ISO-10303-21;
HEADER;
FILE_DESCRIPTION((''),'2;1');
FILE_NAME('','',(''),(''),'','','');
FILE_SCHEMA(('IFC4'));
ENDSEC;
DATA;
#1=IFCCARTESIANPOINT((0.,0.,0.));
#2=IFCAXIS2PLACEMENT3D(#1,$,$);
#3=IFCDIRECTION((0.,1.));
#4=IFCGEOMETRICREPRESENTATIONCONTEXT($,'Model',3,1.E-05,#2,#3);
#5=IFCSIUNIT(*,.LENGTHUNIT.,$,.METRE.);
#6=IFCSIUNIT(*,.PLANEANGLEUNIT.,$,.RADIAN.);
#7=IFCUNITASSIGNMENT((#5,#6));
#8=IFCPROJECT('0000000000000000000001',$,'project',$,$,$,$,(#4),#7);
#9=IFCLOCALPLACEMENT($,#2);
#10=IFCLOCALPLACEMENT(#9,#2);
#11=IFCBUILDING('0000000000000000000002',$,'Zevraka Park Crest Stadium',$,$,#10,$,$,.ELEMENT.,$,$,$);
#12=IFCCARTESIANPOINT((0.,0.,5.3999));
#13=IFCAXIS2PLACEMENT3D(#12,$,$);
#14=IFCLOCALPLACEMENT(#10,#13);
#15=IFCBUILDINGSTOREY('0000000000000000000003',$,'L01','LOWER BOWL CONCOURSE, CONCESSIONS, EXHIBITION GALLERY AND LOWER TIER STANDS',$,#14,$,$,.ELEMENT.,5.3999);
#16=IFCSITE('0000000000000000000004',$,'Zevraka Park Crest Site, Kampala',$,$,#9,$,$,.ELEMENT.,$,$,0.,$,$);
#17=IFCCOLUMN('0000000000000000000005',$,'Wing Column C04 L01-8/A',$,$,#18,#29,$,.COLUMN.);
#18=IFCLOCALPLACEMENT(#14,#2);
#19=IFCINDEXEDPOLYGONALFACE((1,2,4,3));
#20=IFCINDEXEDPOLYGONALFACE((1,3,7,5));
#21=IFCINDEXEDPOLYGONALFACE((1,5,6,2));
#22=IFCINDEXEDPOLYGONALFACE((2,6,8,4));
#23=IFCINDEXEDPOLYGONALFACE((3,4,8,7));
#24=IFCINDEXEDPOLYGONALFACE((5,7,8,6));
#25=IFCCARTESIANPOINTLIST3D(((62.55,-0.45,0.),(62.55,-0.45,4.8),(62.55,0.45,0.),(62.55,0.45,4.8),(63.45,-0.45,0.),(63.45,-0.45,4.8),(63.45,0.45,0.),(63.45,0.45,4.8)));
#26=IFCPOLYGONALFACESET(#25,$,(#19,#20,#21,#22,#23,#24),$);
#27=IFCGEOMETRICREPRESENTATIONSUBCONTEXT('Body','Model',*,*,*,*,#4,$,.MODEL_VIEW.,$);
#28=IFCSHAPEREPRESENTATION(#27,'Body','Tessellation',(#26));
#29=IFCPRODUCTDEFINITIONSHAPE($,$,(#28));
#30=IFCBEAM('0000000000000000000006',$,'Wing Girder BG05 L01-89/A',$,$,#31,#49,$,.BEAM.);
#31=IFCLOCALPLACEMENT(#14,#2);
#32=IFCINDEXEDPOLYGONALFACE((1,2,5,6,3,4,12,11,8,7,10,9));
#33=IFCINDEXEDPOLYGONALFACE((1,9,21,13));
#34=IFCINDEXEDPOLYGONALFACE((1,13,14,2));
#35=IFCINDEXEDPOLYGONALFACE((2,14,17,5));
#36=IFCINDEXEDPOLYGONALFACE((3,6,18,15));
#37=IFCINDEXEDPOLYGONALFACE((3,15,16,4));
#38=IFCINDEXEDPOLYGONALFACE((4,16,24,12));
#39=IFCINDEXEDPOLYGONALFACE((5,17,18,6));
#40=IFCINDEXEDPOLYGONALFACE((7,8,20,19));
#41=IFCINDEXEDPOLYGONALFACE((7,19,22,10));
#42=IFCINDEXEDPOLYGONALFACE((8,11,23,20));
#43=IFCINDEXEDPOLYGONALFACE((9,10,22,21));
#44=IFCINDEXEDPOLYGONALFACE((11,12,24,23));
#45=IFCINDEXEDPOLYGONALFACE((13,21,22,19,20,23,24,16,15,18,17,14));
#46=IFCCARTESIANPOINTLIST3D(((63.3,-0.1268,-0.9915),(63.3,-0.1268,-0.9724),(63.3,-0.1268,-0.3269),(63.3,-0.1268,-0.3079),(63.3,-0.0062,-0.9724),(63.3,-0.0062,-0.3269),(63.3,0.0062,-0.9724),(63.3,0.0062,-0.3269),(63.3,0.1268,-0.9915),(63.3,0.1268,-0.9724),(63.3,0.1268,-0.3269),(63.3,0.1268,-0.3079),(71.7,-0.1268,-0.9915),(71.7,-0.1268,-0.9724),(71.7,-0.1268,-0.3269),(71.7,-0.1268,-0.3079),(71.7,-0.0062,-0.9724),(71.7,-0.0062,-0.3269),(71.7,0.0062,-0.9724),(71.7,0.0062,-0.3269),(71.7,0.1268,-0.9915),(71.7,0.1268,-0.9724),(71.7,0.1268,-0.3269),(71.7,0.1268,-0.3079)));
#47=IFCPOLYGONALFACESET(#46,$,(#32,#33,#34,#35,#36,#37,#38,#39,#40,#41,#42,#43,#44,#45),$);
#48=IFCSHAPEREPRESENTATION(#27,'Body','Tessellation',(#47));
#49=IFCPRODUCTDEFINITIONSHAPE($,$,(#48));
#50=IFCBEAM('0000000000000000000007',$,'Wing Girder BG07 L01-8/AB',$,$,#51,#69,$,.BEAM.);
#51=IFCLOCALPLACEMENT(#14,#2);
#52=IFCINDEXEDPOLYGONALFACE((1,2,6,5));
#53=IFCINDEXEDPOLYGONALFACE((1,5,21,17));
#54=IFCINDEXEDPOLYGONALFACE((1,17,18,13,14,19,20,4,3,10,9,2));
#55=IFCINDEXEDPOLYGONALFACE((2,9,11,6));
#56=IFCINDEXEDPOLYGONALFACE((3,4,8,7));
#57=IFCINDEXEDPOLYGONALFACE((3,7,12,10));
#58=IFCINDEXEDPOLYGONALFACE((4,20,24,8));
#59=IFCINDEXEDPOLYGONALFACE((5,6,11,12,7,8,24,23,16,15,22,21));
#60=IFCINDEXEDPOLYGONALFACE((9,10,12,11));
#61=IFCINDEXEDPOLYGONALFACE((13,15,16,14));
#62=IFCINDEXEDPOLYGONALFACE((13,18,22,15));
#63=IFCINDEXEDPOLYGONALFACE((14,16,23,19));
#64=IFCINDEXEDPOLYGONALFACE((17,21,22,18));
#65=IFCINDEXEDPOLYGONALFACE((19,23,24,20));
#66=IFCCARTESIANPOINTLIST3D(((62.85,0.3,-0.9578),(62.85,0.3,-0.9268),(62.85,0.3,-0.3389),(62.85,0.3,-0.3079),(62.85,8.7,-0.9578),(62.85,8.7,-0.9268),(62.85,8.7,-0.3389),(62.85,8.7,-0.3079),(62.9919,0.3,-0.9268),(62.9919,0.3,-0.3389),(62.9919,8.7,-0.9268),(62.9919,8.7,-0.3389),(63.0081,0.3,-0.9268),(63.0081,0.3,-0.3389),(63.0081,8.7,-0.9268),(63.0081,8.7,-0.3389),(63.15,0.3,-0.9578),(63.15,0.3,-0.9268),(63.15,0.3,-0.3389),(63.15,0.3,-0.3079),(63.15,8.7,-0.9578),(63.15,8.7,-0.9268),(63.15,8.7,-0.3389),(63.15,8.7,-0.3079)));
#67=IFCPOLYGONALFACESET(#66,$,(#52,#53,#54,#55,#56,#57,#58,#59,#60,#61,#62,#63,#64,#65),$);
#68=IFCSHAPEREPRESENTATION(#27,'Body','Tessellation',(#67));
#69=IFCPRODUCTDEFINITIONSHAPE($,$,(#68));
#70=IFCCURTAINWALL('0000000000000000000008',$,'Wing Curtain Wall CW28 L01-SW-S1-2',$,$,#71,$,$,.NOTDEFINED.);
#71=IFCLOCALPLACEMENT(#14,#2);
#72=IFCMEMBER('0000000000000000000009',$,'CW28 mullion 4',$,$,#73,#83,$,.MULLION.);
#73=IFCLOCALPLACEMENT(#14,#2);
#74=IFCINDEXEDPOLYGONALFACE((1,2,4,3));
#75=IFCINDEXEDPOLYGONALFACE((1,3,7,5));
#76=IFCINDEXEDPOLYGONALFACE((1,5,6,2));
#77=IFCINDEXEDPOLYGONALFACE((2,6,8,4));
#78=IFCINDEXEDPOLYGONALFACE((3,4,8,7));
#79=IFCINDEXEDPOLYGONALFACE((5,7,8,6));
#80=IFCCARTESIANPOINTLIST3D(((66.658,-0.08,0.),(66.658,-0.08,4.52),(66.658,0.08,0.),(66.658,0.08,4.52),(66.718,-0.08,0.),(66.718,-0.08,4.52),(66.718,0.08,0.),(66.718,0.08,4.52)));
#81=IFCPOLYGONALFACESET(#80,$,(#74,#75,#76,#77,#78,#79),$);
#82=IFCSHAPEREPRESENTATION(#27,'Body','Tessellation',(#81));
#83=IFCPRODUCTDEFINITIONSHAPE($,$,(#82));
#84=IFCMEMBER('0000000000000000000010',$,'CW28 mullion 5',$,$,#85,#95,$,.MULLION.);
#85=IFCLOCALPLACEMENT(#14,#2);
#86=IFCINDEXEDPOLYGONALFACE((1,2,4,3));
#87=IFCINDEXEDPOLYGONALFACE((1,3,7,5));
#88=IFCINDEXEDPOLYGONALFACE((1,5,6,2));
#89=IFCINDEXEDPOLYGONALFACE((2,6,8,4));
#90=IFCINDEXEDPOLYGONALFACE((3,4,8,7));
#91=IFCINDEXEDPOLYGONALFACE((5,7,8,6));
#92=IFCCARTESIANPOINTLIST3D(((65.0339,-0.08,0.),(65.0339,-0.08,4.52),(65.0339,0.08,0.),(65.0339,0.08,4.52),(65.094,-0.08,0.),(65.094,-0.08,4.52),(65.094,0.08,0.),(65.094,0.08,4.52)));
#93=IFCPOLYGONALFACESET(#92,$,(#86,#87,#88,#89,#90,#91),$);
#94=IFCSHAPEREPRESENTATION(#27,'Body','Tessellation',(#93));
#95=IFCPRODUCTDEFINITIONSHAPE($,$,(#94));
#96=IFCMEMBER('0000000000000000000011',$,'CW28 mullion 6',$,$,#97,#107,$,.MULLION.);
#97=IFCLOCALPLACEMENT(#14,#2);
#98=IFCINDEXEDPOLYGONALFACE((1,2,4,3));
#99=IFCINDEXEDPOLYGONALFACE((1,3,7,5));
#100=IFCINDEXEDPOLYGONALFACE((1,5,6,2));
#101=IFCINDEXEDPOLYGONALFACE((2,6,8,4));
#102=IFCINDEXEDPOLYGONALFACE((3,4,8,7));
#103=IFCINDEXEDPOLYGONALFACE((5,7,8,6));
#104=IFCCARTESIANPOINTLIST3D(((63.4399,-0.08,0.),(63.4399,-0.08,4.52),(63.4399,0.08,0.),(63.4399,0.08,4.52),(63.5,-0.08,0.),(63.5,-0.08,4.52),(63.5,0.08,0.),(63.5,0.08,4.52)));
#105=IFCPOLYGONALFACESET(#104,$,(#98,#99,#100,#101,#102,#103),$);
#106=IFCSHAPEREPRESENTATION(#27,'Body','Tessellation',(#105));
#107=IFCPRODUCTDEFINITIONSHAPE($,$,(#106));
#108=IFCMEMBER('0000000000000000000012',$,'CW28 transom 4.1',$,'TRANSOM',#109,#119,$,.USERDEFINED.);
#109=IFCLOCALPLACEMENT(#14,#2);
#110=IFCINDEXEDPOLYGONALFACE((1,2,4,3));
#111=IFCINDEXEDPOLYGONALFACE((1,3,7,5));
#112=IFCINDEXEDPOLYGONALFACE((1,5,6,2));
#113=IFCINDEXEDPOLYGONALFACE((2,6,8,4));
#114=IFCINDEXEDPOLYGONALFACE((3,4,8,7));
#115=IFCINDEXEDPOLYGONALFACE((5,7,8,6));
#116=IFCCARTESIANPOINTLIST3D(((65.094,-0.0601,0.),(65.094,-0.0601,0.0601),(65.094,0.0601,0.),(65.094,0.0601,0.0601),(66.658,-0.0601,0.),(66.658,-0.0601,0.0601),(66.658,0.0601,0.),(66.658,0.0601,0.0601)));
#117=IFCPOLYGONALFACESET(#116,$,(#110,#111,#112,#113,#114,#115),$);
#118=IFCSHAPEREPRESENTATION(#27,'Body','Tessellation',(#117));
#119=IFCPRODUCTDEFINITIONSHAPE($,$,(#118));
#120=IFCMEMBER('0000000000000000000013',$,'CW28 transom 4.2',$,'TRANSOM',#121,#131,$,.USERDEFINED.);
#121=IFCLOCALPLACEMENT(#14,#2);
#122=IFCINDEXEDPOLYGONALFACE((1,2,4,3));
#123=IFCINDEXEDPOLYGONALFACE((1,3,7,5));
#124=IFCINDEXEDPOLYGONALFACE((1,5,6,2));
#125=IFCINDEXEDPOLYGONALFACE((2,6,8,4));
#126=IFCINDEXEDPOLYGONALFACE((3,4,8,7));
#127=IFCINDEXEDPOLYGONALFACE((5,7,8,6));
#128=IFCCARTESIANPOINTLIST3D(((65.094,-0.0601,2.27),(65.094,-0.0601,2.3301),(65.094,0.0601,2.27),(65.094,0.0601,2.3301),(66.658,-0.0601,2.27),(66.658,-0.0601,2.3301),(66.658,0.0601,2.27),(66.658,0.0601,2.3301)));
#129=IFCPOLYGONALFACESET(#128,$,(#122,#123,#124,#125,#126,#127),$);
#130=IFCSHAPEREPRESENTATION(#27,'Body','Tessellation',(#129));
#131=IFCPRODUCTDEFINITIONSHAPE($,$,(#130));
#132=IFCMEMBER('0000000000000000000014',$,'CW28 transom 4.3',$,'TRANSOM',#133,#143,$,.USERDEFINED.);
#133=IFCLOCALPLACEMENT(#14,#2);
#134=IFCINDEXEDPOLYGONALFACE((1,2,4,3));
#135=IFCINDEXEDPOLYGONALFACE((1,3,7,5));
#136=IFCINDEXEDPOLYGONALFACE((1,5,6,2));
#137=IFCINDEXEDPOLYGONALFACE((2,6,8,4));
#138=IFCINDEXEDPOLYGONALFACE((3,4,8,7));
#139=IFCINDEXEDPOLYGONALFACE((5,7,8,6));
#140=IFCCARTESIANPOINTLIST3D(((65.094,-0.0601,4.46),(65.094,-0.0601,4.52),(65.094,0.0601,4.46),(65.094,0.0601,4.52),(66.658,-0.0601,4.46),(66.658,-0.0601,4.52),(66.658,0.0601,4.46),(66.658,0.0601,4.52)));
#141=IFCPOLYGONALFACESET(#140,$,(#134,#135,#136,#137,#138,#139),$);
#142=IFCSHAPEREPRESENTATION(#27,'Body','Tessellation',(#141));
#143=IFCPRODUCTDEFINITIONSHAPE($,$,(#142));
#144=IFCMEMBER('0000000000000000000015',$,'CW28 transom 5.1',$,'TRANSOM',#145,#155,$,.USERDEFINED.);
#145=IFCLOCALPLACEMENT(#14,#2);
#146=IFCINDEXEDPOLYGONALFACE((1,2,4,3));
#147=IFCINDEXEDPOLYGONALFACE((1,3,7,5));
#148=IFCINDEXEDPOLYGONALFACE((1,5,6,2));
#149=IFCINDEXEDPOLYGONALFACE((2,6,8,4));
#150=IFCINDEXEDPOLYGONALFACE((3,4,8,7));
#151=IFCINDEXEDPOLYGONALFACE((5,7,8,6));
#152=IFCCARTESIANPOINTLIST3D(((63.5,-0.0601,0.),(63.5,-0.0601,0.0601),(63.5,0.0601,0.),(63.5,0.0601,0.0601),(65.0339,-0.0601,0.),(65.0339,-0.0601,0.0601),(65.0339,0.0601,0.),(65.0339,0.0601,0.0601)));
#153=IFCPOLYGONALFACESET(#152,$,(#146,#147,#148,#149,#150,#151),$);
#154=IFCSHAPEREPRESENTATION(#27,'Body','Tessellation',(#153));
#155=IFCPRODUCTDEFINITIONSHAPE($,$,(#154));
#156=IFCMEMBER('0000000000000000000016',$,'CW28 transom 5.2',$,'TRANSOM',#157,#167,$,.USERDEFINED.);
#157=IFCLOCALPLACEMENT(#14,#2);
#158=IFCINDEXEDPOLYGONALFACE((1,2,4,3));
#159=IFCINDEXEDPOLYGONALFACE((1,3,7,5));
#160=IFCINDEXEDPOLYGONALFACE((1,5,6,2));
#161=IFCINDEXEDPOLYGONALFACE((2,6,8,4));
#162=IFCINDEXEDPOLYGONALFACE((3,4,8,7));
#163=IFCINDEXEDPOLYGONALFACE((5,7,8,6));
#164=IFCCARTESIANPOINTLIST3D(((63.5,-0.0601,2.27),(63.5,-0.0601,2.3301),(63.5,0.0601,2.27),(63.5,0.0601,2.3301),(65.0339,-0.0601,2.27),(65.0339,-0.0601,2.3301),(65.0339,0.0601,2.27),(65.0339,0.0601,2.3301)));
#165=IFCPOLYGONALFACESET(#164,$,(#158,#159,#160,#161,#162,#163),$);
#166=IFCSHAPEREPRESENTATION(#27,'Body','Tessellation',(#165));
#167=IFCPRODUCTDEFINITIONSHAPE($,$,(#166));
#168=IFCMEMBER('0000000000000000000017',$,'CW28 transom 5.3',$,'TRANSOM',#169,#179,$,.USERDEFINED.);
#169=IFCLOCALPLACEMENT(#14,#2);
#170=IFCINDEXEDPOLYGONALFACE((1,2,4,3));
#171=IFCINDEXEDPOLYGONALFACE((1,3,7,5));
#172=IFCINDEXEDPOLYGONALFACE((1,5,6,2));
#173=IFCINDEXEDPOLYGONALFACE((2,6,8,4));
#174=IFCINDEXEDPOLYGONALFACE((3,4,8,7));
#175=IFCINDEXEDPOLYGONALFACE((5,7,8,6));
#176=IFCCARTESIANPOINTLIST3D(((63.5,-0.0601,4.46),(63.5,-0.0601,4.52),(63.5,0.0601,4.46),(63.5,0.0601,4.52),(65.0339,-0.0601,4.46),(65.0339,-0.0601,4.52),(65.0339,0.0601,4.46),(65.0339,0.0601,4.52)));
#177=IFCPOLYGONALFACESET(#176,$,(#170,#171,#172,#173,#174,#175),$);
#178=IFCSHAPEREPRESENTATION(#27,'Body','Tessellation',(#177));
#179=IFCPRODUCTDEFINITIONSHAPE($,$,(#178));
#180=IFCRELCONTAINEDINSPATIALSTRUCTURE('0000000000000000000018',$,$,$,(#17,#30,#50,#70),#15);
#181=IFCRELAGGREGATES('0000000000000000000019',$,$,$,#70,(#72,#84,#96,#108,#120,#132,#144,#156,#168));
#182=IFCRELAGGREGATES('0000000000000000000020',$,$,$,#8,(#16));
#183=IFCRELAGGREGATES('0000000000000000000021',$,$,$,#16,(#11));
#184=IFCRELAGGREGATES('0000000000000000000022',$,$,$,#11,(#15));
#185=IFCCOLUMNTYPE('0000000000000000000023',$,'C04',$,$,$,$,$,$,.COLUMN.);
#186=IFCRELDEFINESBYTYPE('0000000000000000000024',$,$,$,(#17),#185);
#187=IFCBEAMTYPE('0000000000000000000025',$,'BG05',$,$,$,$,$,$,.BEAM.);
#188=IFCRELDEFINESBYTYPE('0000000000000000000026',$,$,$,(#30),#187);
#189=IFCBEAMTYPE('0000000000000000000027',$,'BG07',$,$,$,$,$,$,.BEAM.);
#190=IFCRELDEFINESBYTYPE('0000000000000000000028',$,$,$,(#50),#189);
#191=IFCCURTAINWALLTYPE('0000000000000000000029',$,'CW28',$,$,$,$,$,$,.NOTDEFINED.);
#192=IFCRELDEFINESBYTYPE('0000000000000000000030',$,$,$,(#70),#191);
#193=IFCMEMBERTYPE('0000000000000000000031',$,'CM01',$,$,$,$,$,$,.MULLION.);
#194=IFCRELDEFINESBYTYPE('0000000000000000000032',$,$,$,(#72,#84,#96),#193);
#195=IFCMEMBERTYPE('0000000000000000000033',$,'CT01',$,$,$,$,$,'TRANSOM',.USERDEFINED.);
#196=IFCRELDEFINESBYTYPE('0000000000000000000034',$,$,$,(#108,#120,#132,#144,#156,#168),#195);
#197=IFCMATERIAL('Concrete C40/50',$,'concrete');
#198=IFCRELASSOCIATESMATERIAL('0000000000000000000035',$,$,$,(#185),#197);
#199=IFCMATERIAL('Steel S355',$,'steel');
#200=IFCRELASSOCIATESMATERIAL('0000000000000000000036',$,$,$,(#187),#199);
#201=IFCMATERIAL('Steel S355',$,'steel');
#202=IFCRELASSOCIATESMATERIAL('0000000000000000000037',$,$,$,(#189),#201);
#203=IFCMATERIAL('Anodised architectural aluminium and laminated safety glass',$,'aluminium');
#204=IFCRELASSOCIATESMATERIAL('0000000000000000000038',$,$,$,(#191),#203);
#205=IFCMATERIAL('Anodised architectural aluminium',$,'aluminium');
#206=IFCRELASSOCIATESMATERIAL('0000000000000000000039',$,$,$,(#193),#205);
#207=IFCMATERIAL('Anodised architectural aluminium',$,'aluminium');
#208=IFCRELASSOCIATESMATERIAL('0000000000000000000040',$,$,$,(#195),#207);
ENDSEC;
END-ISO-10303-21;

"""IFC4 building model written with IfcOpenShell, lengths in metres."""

from ifc_helpers import new_model, si_unit, direction, frame, origin, origin_2d, place, context, subcontext, project, spatial, rectangle, i_section, extrude, material, material_profile, profile_set, type_object, element, aggregate, save


model = new_model("IFC4")

# Units and contexts
model_context = context("Model", 3, precision=1e-05, world=origin(), true_north=direction((0.0, 1.0)))
body_context = subcontext(model_context, "Body", "Model", "MODEL_VIEW")
ifc_project = project(units=[si_unit("LENGTHUNIT", "METRE"), si_unit("PLANEANGLEUNIT", "RADIAN")], contexts=[model_context])

# Site, building, storey
site_placement = place(None, origin())
site = spatial("IfcSite", under=ifc_project, at=site_placement, Name="Zevraka Park Crest Site, Kampala", CompositionType="ELEMENT", RefElevation=0.0)
building_placement = place(site_placement, origin())
building = spatial("IfcBuilding", under=site, at=building_placement, Name="Zevraka Park Crest Stadium", CompositionType="ELEMENT")
storey_placement = place(building_placement, frame((0.0, 0.0, 5.3999)))
storey = spatial("IfcBuildingStorey", under=building, at=storey_placement, Name="L01", Description="LOWER BOWL CONCOURSE, CONCESSIONS, EXHIBITION GALLERY AND LOWER TIER STANDS", CompositionType="ELEMENT", Elevation=5.3999)

# Column
ifc_material_1 = material(Name="Concrete C40/50", Category="concrete")
ifc_material_profile_1 = material_profile(ifc_material_1, rectangle(XDim=0.8999, YDim=0.8999, at=origin_2d()), Name="RC 900x900")
ifc_profile_set_1 = profile_set([ifc_material_profile_1], Name="Concrete C40/50")
column_type = type_object("IfcColumnType", Name="C04", PredefinedType="COLUMN", material=ifc_profile_set_1)
column_placement = place(storey_placement, frame((63.0, 0.0, 0.0), z_axis=(0.0, 0.0, 1.0), x_axis=(1.0, 0.0, 0.0)))
element("IfcColumn", 1, at=column_placement, inside=storey, type_object=column_type, Name="Wing Column C04 L01-8/A", PredefinedType="COLUMN", context=body_context, shape_type="SweptSolid", body=[
    extrude(rectangle(XDim=0.8999, YDim=0.8999, at=origin_2d()), origin(), (0.0, 0.0, 1.0), 4.8),
])

# Beams
ifc_material_2 = material(Name="Steel S355", Category="steel")
ifc_material_profile_2 = material_profile(ifc_material_2, i_section(OverallWidth=0.2537, OverallDepth=0.6836, WebThickness=0.0125, FlangeThickness=0.019, at=origin_2d()), Name="UKB 686x254x140")
ifc_profile_set_2 = profile_set([ifc_material_profile_2], Name="Steel S355")
beam_type_1 = type_object("IfcBeamType", Name="BG05", PredefinedType="BEAM", material=ifc_profile_set_2)
beam_1_placement = place(storey_placement, frame((63.3, 0.0, -0.6497), z_axis=(1.0, 0.0, 0.0), x_axis=(0.0, 1.0, 0.0)))
element("IfcBeam", 2, at=beam_1_placement, inside=storey, type_object=beam_type_1, Name="Wing Girder BG05 L01-89/A", PredefinedType="BEAM", context=body_context, shape_type="SweptSolid", body=[
    extrude(i_section(OverallWidth=0.2537, OverallDepth=0.6836, WebThickness=0.0125, FlangeThickness=0.019, at=origin_2d()), origin(), (0.0, 0.0, 1.0), 8.3999),
])
ifc_material_3 = material(Name="Steel S355", Category="steel")
ifc_material_profile_3 = material_profile(ifc_material_3, i_section(OverallWidth=0.3, OverallDepth=0.6499, WebThickness=0.0161, FlangeThickness=0.031, at=origin_2d()), Name="HEB 650")
ifc_profile_set_3 = profile_set([ifc_material_profile_3], Name="Steel S355")
beam_type_2 = type_object("IfcBeamType", Name="BG07", PredefinedType="BEAM", material=ifc_profile_set_3)
beam_2_placement = place(storey_placement, frame((63.0, 0.3, -0.6328), z_axis=(0.0, 1.0, 0.0), x_axis=(-1.0, 0.0, 0.0)))
element("IfcBeam", 3, at=beam_2_placement, inside=storey, type_object=beam_type_2, Name="Wing Girder BG07 L01-8/AB", PredefinedType="BEAM", context=body_context, shape_type="SweptSolid", body=[
    extrude(i_section(OverallWidth=0.3, OverallDepth=0.6499, WebThickness=0.0161, FlangeThickness=0.031, at=origin_2d()), origin(), (0.0, 0.0, 1.0), 8.3999),
])

# Curtain wall, members
ifc_material_4 = material(Name="Anodised architectural aluminium and laminated safety glass", Category="aluminium")
curtain_wall_type = type_object("IfcCurtainWallType", Name="CW28", PredefinedType="NOTDEFINED", material=ifc_material_4)
curtain_wall_placement = place(storey_placement, origin())
curtain_wall = element("IfcCurtainWall", 4, at=curtain_wall_placement, inside=storey, type_object=curtain_wall_type, Name="Wing Curtain Wall CW28 L01-SW-S1-2", PredefinedType="NOTDEFINED")
ifc_material_5 = material(Name="Anodised architectural aluminium", Category="aluminium")
ifc_material_profile_4 = material_profile(ifc_material_5, rectangle(XDim=0.1599, YDim=0.0601, at=origin_2d()), Name="ALU MULLION 160x60")
ifc_profile_set_4 = profile_set([ifc_material_profile_4], Name="Anodised architectural aluminium")
member_type_1 = type_object("IfcMemberType", Name="CM01", PredefinedType="MULLION", material=ifc_profile_set_4)
member_1_placement = place(storey_placement, frame((66.688, 0.0, 0.0), z_axis=(0.0, 0.0, 1.0), x_axis=(0.0, -1.0, 0.0)))
member_1 = element("IfcMember", 5, at=member_1_placement, type_object=member_type_1, Name="CW28 mullion 4", PredefinedType="MULLION", context=body_context, shape_type="SweptSolid", body=[
    extrude(rectangle(XDim=0.1599, YDim=0.0601, at=origin_2d()), origin(), (0.0, 0.0, 1.0), 4.52),
])
member_2_placement = place(storey_placement, frame((65.064, 0.0, 0.0), z_axis=(0.0, 0.0, 1.0), x_axis=(0.0, -1.0, 0.0)))
member_2 = element("IfcMember", 6, at=member_2_placement, type_object=member_type_1, Name="CW28 mullion 5", PredefinedType="MULLION", context=body_context, shape_type="SweptSolid", body=[
    extrude(rectangle(XDim=0.1599, YDim=0.0601, at=origin_2d()), origin(), (0.0, 0.0, 1.0), 4.52),
])
member_3_placement = place(storey_placement, frame((63.47, 0.0, 0.0), z_axis=(0.0, 0.0, 1.0), x_axis=(0.0, -1.0, 0.0)))
member_3 = element("IfcMember", 7, at=member_3_placement, type_object=member_type_1, Name="CW28 mullion 6", PredefinedType="MULLION", context=body_context, shape_type="SweptSolid", body=[
    extrude(rectangle(XDim=0.1599, YDim=0.0601, at=origin_2d()), origin(), (0.0, 0.0, 1.0), 4.52),
])
ifc_material_6 = material(Name="Anodised architectural aluminium", Category="aluminium")
ifc_material_profile_5 = material_profile(ifc_material_6, rectangle(XDim=0.1201, YDim=0.0601, at=origin_2d()), Name="ALU TRANSOM 120x60")
ifc_profile_set_5 = profile_set([ifc_material_profile_5], Name="Anodised architectural aluminium")
member_type_2 = type_object("IfcMemberType", Name="CT01", ElementType="TRANSOM", PredefinedType="USERDEFINED", material=ifc_profile_set_5)
member_4_placement = place(storey_placement, frame((66.658, 0.0, 0.03), z_axis=(-1.0, 0.0, 0.0), x_axis=(0.0, -1.0, 0.0)))
member_4 = element("IfcMember", 8, at=member_4_placement, type_object=member_type_2, Name="CW28 transom 4.1", ObjectType="TRANSOM", PredefinedType="USERDEFINED", context=body_context, shape_type="SweptSolid", body=[
    extrude(rectangle(XDim=0.1201, YDim=0.0601, at=origin_2d()), origin(), (0.0, 0.0, 1.0), 1.564),
])
member_5_placement = place(storey_placement, frame((66.658, 0.0, 2.3), z_axis=(-1.0, 0.0, 0.0), x_axis=(0.0, -1.0, 0.0)))
member_5 = element("IfcMember", 9, at=member_5_placement, type_object=member_type_2, Name="CW28 transom 4.2", ObjectType="TRANSOM", PredefinedType="USERDEFINED", context=body_context, shape_type="SweptSolid", body=[
    extrude(rectangle(XDim=0.1201, YDim=0.0601, at=origin_2d()), origin(), (0.0, 0.0, 1.0), 1.564),
])
member_6_placement = place(storey_placement, frame((66.658, 0.0, 4.49), z_axis=(-1.0, 0.0, 0.0), x_axis=(0.0, -1.0, 0.0)))
member_6 = element("IfcMember", 10, at=member_6_placement, type_object=member_type_2, Name="CW28 transom 4.3", ObjectType="TRANSOM", PredefinedType="USERDEFINED", context=body_context, shape_type="SweptSolid", body=[
    extrude(rectangle(XDim=0.1201, YDim=0.0601, at=origin_2d()), origin(), (0.0, 0.0, 1.0), 1.564),
])
member_7_placement = place(storey_placement, frame((65.0339, 0.0, 0.03), z_axis=(-1.0, 0.0, 0.0), x_axis=(0.0, -1.0, 0.0)))
member_7 = element("IfcMember", 11, at=member_7_placement, type_object=member_type_2, Name="CW28 transom 5.1", ObjectType="TRANSOM", PredefinedType="USERDEFINED", context=body_context, shape_type="SweptSolid", body=[
    extrude(rectangle(XDim=0.1201, YDim=0.0601, at=origin_2d()), origin(), (0.0, 0.0, 1.0), 1.5339),
])
member_8_placement = place(storey_placement, frame((65.0339, 0.0, 2.3), z_axis=(-1.0, 0.0, 0.0), x_axis=(0.0, -1.0, 0.0)))
member_8 = element("IfcMember", 12, at=member_8_placement, type_object=member_type_2, Name="CW28 transom 5.2", ObjectType="TRANSOM", PredefinedType="USERDEFINED", context=body_context, shape_type="SweptSolid", body=[
    extrude(rectangle(XDim=0.1201, YDim=0.0601, at=origin_2d()), origin(), (0.0, 0.0, 1.0), 1.5339),
])
member_9_placement = place(storey_placement, frame((65.0339, 0.0, 4.49), z_axis=(-1.0, 0.0, 0.0), x_axis=(0.0, -1.0, 0.0)))
member_9 = element("IfcMember", 13, at=member_9_placement, type_object=member_type_2, Name="CW28 transom 5.3", ObjectType="TRANSOM", PredefinedType="USERDEFINED", context=body_context, shape_type="SweptSolid", body=[
    extrude(rectangle(XDim=0.1201, YDim=0.0601, at=origin_2d()), origin(), (0.0, 0.0, 1.0), 1.5339),
])

aggregate(curtain_wall, [member_1, member_2, member_3, member_4, member_5, member_6, member_7, member_8, member_9])

save(model, "model.ifc")
